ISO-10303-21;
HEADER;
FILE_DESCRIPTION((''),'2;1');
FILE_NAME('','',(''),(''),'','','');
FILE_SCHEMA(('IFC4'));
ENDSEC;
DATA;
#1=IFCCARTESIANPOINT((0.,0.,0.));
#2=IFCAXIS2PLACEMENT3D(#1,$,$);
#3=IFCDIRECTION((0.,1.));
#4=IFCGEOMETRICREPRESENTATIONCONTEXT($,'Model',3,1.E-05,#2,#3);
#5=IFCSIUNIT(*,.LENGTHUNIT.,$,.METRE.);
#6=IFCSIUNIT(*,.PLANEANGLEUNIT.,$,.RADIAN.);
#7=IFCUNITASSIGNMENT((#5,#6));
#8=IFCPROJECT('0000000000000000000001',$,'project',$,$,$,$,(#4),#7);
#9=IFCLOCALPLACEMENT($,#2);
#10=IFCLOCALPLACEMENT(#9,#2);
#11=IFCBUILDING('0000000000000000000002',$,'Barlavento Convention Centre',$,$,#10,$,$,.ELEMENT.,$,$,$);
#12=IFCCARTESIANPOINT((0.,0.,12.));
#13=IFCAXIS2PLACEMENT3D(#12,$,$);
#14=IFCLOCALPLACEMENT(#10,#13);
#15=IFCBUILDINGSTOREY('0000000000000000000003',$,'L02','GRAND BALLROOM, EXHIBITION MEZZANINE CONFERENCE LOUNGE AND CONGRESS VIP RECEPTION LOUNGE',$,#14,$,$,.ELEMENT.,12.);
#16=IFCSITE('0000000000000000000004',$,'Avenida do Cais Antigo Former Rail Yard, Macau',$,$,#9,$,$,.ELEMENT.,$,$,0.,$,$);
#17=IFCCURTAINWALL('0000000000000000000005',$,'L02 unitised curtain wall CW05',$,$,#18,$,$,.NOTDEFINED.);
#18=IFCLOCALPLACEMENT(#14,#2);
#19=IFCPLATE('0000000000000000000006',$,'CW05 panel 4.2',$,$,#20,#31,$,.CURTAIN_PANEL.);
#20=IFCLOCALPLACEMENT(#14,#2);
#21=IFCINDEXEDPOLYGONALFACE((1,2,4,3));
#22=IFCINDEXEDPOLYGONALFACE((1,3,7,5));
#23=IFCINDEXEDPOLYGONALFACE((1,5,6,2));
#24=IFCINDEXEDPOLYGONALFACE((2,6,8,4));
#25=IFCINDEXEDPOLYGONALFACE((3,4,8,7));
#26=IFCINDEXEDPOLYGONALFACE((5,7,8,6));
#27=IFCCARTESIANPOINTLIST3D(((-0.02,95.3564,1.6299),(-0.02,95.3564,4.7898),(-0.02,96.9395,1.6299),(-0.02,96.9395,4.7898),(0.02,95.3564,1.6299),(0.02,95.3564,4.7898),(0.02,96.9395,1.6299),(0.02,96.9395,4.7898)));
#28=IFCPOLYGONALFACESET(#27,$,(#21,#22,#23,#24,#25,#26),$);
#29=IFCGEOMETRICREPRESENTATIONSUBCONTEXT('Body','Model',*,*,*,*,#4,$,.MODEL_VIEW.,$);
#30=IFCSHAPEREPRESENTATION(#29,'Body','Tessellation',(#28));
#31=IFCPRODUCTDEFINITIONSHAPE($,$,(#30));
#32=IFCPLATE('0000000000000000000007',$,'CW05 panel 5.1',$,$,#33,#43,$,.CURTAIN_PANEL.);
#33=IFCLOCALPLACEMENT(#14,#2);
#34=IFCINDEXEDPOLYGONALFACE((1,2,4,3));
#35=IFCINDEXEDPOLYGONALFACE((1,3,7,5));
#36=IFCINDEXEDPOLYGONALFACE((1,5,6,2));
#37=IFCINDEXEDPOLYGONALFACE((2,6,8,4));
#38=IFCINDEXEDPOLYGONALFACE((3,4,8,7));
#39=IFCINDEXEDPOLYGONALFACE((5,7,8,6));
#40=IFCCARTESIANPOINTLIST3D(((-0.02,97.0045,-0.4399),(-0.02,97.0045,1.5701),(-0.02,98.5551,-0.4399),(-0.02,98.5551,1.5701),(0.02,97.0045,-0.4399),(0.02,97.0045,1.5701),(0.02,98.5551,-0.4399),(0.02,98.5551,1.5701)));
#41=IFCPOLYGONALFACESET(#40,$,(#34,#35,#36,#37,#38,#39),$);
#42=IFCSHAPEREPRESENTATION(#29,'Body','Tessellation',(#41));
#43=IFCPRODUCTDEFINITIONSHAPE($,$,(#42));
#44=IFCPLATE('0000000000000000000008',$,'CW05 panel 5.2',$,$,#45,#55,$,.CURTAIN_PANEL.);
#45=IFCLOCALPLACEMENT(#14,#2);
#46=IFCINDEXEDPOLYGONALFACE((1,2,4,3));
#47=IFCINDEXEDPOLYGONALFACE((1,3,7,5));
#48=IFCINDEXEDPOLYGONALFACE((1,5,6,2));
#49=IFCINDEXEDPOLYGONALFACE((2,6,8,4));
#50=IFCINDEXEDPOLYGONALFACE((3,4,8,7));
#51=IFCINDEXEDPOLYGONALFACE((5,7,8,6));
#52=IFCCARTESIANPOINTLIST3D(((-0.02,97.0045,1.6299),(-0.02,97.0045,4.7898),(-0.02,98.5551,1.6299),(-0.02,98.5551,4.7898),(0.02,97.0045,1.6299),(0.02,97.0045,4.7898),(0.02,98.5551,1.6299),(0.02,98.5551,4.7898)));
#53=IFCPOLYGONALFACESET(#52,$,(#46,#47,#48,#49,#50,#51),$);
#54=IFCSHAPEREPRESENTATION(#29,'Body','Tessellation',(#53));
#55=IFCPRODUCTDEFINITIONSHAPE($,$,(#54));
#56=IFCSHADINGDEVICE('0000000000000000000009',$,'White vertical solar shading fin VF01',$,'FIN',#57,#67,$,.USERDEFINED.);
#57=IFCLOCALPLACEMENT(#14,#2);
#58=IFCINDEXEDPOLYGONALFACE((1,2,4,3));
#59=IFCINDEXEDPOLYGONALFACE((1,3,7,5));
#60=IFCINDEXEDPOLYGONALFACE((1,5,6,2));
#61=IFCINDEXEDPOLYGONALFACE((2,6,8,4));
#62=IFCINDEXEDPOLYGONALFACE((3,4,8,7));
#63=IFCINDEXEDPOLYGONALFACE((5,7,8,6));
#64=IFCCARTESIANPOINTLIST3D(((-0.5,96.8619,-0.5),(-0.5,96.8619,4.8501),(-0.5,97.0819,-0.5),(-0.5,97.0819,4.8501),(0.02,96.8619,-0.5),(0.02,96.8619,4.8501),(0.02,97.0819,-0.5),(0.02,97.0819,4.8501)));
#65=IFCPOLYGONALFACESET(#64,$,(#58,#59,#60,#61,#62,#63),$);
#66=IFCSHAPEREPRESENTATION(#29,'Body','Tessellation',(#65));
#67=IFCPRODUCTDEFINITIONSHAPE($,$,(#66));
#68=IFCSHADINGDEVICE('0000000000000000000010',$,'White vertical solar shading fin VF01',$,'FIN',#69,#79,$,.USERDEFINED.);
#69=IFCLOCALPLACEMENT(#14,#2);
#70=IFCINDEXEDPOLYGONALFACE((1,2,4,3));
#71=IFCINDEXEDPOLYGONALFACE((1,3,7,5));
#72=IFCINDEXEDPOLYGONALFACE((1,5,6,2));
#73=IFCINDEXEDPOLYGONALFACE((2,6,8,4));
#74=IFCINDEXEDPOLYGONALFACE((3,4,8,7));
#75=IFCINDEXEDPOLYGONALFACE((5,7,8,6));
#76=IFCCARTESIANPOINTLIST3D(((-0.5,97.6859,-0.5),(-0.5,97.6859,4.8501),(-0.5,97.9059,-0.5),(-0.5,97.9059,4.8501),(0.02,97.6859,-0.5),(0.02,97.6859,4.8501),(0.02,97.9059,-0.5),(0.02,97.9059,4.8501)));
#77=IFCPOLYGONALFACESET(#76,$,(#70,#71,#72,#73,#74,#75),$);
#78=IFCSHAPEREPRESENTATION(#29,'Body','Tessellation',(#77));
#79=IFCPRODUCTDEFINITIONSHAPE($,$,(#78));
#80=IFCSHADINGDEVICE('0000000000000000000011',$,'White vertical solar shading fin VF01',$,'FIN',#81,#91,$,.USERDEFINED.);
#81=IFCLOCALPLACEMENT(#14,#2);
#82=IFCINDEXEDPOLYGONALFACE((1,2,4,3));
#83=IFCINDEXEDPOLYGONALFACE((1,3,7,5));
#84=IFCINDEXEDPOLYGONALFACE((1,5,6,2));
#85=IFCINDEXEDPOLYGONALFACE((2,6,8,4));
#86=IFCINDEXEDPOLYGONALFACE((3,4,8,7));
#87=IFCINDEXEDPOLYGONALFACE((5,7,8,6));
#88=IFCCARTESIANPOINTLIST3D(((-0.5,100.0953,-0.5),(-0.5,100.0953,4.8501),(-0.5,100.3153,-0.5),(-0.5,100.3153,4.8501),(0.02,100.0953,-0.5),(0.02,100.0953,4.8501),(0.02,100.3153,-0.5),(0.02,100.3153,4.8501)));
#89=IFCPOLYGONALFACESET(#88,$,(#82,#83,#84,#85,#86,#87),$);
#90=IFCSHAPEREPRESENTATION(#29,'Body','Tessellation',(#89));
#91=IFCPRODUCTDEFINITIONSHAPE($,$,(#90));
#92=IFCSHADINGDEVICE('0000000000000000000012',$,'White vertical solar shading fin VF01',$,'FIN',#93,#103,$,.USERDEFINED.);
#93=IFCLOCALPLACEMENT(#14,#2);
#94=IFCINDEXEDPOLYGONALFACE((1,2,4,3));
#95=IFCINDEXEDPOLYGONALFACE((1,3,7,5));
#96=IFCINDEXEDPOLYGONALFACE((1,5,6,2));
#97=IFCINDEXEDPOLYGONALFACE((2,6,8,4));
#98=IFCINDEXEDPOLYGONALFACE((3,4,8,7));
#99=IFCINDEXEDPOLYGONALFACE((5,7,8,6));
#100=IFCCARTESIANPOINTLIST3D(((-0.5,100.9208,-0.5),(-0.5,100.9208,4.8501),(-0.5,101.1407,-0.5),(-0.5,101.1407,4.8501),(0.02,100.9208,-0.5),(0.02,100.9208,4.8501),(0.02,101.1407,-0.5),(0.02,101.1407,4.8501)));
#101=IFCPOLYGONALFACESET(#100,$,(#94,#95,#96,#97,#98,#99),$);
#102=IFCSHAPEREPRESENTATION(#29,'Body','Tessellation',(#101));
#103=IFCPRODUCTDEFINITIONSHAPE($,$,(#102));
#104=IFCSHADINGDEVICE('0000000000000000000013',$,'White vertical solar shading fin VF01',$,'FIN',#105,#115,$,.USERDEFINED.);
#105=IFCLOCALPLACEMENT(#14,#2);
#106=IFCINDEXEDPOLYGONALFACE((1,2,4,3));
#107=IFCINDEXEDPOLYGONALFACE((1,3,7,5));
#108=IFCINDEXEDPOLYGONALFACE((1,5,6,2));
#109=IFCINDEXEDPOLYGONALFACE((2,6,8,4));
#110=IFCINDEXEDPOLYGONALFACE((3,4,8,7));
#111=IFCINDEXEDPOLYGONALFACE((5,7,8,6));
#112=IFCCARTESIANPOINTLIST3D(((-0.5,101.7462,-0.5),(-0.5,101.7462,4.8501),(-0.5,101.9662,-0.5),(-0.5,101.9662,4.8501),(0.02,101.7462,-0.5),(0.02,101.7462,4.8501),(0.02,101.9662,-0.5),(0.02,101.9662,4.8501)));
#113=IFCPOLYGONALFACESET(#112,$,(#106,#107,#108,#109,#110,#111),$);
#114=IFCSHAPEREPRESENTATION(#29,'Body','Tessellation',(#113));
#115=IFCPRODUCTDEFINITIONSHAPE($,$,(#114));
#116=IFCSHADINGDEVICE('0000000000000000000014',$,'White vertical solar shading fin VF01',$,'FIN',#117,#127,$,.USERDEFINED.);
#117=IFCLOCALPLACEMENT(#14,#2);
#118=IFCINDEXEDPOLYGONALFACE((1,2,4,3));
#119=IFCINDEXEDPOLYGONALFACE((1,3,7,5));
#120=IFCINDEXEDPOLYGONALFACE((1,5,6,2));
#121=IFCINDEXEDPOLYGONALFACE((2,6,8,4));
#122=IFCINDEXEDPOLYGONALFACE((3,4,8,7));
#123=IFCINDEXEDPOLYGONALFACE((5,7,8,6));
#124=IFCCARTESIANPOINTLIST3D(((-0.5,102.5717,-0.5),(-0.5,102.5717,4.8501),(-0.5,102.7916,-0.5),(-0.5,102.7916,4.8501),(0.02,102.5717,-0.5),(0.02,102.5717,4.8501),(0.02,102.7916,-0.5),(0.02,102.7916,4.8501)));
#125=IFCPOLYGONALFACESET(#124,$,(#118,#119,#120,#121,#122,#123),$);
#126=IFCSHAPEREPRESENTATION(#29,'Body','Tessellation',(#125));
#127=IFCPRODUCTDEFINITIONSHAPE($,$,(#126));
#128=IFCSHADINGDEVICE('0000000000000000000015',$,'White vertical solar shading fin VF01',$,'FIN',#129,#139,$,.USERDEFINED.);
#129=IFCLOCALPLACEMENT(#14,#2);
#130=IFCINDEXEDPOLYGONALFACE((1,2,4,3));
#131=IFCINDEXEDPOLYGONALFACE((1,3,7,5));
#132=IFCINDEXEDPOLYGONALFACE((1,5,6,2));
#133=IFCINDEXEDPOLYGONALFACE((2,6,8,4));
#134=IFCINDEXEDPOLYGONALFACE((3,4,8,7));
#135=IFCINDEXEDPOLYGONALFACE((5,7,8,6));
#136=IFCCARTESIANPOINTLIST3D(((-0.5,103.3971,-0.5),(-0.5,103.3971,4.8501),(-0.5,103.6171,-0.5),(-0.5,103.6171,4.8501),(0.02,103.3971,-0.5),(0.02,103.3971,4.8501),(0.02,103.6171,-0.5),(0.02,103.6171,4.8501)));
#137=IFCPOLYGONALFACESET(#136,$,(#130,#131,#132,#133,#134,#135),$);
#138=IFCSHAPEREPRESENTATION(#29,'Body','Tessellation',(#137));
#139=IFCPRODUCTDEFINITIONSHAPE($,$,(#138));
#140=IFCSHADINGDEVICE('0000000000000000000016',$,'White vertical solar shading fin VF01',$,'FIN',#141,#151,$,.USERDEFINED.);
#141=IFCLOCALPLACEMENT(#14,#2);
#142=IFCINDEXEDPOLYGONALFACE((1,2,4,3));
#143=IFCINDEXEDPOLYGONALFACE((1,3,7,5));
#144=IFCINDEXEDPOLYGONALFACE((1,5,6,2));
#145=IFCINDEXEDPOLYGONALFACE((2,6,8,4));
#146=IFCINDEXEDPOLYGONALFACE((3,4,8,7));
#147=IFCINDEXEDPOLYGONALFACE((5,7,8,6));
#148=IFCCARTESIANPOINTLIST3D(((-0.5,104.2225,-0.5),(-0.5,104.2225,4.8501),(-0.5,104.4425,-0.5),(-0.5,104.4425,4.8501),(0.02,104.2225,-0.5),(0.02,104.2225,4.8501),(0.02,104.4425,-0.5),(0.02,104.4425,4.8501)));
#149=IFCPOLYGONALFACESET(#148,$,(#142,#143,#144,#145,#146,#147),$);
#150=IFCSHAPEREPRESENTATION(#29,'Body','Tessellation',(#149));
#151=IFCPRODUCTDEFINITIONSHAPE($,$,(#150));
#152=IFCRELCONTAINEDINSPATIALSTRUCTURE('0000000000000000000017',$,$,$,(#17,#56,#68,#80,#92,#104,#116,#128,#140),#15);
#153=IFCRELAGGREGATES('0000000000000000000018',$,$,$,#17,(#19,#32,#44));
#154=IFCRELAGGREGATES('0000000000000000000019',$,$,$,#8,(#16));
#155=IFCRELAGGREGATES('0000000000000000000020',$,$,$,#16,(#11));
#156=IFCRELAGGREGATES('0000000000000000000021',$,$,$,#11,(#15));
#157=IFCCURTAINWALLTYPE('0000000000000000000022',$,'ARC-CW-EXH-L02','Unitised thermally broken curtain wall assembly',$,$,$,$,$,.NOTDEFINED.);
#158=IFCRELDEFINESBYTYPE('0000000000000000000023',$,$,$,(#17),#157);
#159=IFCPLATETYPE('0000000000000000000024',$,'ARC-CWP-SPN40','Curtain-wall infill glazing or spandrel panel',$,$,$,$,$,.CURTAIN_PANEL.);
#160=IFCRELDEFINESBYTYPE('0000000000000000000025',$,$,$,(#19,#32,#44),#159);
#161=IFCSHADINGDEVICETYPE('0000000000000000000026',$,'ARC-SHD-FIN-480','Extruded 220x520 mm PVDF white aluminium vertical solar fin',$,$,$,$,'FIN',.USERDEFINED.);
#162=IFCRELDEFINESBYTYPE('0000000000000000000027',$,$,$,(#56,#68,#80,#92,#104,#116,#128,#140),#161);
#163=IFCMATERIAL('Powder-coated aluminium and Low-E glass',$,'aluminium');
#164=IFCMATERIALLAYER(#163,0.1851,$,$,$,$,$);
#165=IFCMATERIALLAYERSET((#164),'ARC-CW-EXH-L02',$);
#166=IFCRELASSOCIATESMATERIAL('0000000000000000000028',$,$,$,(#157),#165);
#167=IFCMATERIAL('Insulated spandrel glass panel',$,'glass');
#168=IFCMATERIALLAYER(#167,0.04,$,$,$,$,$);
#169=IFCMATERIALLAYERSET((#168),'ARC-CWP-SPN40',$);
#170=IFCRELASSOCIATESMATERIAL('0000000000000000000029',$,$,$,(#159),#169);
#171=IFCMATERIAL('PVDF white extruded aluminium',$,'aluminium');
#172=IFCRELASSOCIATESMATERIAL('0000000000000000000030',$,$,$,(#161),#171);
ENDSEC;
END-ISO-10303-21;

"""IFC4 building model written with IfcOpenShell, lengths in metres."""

from ifc_helpers import new_model, si_unit, direction, frame, origin, origin_2d, place, context, subcontext, project, spatial, rectangle, extrude, material, layer, layer_set, type_object, element, aggregate, save


model = new_model("IFC4")

# Units and contexts
model_context = context("Model", 3, precision=1e-05, world=origin(), true_north=direction((0.0, 1.0)))
body_context = subcontext(model_context, "Body", "Model", "MODEL_VIEW")
ifc_project = project(units=[si_unit("LENGTHUNIT", "METRE"), si_unit("PLANEANGLEUNIT", "RADIAN")], contexts=[model_context])

# Site, building, storey
site_placement = place(None, origin())
site = spatial("IfcSite", under=ifc_project, at=site_placement, Name="Avenida do Cais Antigo Former Rail Yard, Macau", CompositionType="ELEMENT", RefElevation=0.0)
building_placement = place(site_placement, origin())
building = spatial("IfcBuilding", under=site, at=building_placement, Name="Barlavento Convention Centre", CompositionType="ELEMENT")
storey_placement = place(building_placement, frame((0.0, 0.0, 12.0)))
storey = spatial("IfcBuildingStorey", under=building, at=storey_placement, Name="L02", Description="GRAND BALLROOM, EXHIBITION MEZZANINE CONFERENCE LOUNGE AND CONGRESS VIP RECEPTION LOUNGE", CompositionType="ELEMENT", Elevation=12.0)

# Curtain wall
ifc_material_1 = material(Name="Powder-coated aluminium and Low-E glass", Category="aluminium")
ifc_layer_1 = layer(ifc_material_1, 0.1851)
ifc_layer_set_1 = layer_set([ifc_layer_1], Name="ARC-CW-EXH-L02")
curtain_wall_type = type_object("IfcCurtainWallType", Name="ARC-CW-EXH-L02", Description="Unitised thermally broken curtain wall assembly", PredefinedType="NOTDEFINED", material=ifc_layer_set_1)
curtain_wall_1_placement = place(storey_placement, origin())
curtain_wall_1 = element("IfcCurtainWall", 1, at=curtain_wall_1_placement, inside=storey, type_object=curtain_wall_type, Name="L02 unitised curtain wall CW05", PredefinedType="NOTDEFINED")

# Plates
ifc_material_2 = material(Name="Insulated spandrel glass panel", Category="glass")
ifc_layer_2 = layer(ifc_material_2, 0.04)
ifc_layer_set_2 = layer_set([ifc_layer_2], Name="ARC-CWP-SPN40")
plate_type = type_object("IfcPlateType", Name="ARC-CWP-SPN40", Description="Curtain-wall infill glazing or spandrel panel", PredefinedType="CURTAIN_PANEL", material=ifc_layer_set_2)
plate_1_placement = place(storey_placement, frame((0.0, 96.1479, 1.6299), z_axis=(0.0, 0.0, 1.0), x_axis=(0.0, 1.0, 0.0)))
plate_1 = element("IfcPlate", 2, at=plate_1_placement, type_object=plate_type, Name="CW05 panel 4.2", PredefinedType="CURTAIN_PANEL", context=body_context, shape_type="SweptSolid", body=[
    extrude(rectangle(XDim=1.583, YDim=0.04, at=origin_2d()), origin(), (0.0, 0.0, 1.0), 3.1599),
])
plate_2_placement = place(storey_placement, frame((0.0, 97.7798, -0.4399), z_axis=(0.0, 0.0, 1.0), x_axis=(0.0, 1.0, 0.0)))
plate_2 = element("IfcPlate", 3, at=plate_2_placement, type_object=plate_type, Name="CW05 panel 5.1", PredefinedType="CURTAIN_PANEL", context=body_context, shape_type="SweptSolid", body=[
    extrude(rectangle(XDim=1.5505, YDim=0.04, at=origin_2d()), origin(), (0.0, 0.0, 1.0), 2.01),
])
plate_3_placement = place(storey_placement, frame((0.0, 97.7798, 1.6299), z_axis=(0.0, 0.0, 1.0), x_axis=(0.0, 1.0, 0.0)))
plate_3 = element("IfcPlate", 4, at=plate_3_placement, type_object=plate_type, Name="CW05 panel 5.2", PredefinedType="CURTAIN_PANEL", context=body_context, shape_type="SweptSolid", body=[
    extrude(rectangle(XDim=1.5505, YDim=0.04, at=origin_2d()), origin(), (0.0, 0.0, 1.0), 3.1599),
])
aggregate(curtain_wall_1, [plate_1, plate_2, plate_3])

# Shading devices
ifc_material_3 = material(Name="PVDF white extruded aluminium", Category="aluminium")
shading_device_type = type_object("IfcShadingDeviceType", Name="ARC-SHD-FIN-480", Description="Extruded 220x520 mm PVDF white aluminium vertical solar fin", ElementType="FIN", PredefinedType="USERDEFINED", material=ifc_material_3)
for number, where, z_axis, x_axis, name in (
    (5, (-0.24, 96.9719, -0.5), (0.0, 0.0, 1.0), (0.0, 1.0, 0.0), "White vertical solar shading fin VF01"),
    (6, (-0.24, 97.7959, -0.5), (0.0, 0.0, 1.0), (0.0, 1.0, 0.0), "White vertical solar shading fin VF01"),
    (7, (-0.24, 100.2053, -0.5), (0.0, 0.0, 1.0), (0.0, 1.0, 0.0), "White vertical solar shading fin VF01"),
    (8, (-0.24, 101.0308, -0.5), (0.0, 0.0, 1.0), (0.0, 1.0, 0.0), "White vertical solar shading fin VF01"),
    (9, (-0.24, 101.8562, -0.5), (0.0, 0.0, 1.0), (0.0, 1.0, 0.0), "White vertical solar shading fin VF01"),
    (10, (-0.24, 102.6816, -0.5), (0.0, 0.0, 1.0), (0.0, 1.0, 0.0), "White vertical solar shading fin VF01"),
    (11, (-0.24, 103.5071, -0.5), (0.0, 0.0, 1.0), (0.0, 1.0, 0.0), "White vertical solar shading fin VF01"),
    (12, (-0.24, 104.3325, -0.5), (0.0, 0.0, 1.0), (0.0, 1.0, 0.0), "White vertical solar shading fin VF01"),
):
    element("IfcShadingDevice", number, at=place(storey_placement, frame(where, z_axis=z_axis, x_axis=x_axis)), inside=storey, type_object=shading_device_type, Name=name, ObjectType="FIN", PredefinedType="USERDEFINED", context=body_context, shape_type="SweptSolid", body=[
        extrude(rectangle(XDim=0.22, YDim=0.52, at=origin_2d()), origin(), (0.0, 0.0, 1.0), 5.3501),
    ])

save(model, "model.ifc")
